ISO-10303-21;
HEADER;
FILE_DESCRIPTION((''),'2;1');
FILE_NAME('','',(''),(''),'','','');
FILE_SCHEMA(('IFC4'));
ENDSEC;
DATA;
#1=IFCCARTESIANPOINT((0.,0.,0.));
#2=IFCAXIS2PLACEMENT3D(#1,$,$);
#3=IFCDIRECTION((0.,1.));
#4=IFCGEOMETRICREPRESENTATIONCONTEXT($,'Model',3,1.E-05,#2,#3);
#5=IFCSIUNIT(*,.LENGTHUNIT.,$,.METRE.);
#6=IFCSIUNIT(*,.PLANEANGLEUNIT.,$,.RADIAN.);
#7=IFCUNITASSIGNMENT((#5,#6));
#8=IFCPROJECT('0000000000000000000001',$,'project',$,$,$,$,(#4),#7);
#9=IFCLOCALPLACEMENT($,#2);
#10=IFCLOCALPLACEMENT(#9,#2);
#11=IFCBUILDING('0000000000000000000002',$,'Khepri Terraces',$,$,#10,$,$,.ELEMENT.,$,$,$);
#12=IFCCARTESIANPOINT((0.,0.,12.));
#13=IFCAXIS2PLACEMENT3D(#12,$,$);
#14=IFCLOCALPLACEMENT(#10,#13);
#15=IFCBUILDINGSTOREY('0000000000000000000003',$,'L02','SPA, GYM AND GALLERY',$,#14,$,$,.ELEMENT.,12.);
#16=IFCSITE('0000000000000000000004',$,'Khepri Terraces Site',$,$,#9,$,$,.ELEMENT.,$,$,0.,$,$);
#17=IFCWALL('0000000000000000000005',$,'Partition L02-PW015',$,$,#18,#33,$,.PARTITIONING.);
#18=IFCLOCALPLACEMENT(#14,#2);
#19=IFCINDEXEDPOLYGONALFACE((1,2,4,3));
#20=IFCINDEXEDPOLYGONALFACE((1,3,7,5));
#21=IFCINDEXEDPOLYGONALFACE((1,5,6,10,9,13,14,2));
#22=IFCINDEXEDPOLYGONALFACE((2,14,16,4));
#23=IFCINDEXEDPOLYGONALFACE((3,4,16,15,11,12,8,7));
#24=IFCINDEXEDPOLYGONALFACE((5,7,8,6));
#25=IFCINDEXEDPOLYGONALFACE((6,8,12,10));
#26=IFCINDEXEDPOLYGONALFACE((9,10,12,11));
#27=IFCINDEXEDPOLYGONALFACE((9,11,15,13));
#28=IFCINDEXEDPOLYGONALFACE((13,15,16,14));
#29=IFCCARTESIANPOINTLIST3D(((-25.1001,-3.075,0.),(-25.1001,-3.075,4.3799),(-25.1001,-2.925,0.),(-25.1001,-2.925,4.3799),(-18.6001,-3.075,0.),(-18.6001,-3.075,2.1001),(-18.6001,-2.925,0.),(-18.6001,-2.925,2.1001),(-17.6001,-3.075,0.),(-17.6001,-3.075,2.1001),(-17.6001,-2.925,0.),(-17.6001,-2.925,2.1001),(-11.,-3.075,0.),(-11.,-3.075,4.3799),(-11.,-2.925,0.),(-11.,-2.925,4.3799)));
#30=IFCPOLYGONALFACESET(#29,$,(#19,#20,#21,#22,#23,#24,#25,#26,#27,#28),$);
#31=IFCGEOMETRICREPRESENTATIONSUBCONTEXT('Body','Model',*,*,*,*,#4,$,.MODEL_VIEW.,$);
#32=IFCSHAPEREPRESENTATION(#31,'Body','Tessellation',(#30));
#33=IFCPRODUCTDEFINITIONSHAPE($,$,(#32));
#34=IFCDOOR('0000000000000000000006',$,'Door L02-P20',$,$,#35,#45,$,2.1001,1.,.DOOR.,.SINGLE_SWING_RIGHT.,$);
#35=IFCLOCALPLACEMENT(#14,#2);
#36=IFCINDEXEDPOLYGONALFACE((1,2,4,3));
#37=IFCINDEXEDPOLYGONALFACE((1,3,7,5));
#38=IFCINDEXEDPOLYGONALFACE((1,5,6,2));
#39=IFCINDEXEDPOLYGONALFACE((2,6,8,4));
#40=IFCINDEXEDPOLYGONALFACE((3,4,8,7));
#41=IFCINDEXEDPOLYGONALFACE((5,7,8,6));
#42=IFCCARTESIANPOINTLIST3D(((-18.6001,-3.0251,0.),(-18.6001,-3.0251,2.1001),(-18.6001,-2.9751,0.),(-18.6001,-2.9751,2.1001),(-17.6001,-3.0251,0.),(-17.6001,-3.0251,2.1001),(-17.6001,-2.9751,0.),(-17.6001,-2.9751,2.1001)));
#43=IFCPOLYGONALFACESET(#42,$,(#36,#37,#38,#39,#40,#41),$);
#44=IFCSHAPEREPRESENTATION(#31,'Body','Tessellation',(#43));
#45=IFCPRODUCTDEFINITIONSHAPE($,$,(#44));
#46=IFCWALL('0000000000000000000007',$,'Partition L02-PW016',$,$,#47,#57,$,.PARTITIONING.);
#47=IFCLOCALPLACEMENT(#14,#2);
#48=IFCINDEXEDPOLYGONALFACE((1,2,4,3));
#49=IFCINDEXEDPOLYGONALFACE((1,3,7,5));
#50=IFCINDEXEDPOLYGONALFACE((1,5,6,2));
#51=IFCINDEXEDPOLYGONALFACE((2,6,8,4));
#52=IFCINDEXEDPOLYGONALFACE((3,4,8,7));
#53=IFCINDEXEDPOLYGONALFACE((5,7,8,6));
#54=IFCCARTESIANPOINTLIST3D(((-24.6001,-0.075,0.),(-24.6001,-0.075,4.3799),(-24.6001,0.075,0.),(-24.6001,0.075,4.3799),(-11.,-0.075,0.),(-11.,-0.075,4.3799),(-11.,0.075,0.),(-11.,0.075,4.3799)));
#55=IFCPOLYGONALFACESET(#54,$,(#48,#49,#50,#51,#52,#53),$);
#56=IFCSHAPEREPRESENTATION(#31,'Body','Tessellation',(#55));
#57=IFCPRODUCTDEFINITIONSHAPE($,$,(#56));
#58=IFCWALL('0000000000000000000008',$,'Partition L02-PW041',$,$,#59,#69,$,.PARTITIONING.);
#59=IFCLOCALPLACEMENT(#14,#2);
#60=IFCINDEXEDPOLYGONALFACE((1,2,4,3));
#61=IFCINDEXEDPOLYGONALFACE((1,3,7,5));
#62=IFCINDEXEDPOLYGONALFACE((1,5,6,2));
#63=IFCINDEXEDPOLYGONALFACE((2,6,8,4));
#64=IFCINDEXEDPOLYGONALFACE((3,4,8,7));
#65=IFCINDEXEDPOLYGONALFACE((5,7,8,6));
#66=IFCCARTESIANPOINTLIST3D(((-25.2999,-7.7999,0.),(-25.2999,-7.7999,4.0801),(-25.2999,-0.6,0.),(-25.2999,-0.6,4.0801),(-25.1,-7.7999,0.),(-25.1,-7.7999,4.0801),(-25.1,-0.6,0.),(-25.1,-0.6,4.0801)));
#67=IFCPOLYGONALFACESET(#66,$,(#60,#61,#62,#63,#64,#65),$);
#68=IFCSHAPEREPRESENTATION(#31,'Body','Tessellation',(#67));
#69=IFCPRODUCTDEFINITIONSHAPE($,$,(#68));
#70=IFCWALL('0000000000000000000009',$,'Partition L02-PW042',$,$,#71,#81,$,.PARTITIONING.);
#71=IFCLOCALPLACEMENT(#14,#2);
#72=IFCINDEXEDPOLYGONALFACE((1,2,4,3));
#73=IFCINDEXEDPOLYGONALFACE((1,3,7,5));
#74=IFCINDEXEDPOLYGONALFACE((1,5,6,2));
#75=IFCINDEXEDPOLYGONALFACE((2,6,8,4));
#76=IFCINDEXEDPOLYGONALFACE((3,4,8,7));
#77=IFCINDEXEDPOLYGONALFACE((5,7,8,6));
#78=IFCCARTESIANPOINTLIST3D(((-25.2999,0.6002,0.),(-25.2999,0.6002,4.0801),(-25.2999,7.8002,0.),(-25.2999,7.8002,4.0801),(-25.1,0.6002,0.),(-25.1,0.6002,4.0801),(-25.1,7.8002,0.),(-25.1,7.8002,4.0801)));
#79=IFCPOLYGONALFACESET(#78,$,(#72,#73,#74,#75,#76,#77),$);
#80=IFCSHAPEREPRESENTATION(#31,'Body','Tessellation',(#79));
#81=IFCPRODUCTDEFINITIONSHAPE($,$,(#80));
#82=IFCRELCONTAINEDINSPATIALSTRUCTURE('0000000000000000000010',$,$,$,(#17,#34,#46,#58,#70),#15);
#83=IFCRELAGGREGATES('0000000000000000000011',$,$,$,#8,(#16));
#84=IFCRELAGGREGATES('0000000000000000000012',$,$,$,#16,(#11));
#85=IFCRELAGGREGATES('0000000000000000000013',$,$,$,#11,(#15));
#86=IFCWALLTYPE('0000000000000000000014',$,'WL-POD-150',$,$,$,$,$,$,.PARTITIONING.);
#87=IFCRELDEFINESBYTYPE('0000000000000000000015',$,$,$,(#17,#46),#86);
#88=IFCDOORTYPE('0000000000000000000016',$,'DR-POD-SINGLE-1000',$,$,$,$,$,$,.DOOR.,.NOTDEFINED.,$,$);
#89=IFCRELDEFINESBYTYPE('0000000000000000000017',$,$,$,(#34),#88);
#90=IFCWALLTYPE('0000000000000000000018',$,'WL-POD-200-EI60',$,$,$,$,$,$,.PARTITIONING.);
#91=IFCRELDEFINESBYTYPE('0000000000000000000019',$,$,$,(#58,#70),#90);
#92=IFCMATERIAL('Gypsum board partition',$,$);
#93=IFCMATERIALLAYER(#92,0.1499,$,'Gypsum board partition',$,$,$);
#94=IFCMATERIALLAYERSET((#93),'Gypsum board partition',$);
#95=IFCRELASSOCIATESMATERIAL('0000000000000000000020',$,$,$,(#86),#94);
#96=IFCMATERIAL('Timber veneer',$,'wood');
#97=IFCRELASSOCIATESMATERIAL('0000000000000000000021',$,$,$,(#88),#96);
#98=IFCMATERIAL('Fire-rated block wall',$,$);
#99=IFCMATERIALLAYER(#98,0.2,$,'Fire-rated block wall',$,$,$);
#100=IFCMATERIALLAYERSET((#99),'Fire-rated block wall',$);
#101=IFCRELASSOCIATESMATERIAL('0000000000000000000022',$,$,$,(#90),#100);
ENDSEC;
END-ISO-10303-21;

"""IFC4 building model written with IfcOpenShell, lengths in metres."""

from ifc_helpers import new_model, si_unit, direction, frame, frame_2d, origin, place, context, subcontext, project, spatial, rectangle, extrude, material, layer, layer_set, type_object, element, fill, save


model = new_model("IFC4")

# Units and contexts
model_context = context("Model", 3, precision=1e-05, world=origin(), true_north=direction((0.0, 1.0)))
body_context = subcontext(model_context, "Body", "Model", "MODEL_VIEW")
ifc_project = project(units=[si_unit("LENGTHUNIT", "METRE"), si_unit("PLANEANGLEUNIT", "RADIAN")], contexts=[model_context])

# Site, building, storey
site_placement = place(None, origin())
site = spatial("IfcSite", under=ifc_project, at=site_placement, Name="Khepri Terraces Site", CompositionType="ELEMENT", RefElevation=0.0)
building_placement = place(site_placement, origin())
building = spatial("IfcBuilding", under=site, at=building_placement, Name="Khepri Terraces", CompositionType="ELEMENT")
storey_placement = place(building_placement, frame((0.0, 0.0, 12.0)))
storey = spatial("IfcBuildingStorey", under=building, at=storey_placement, Name="L02", Description="SPA, GYM AND GALLERY", CompositionType="ELEMENT", Elevation=12.0)

# Wall, opening, door
ifc_material_1 = material(Name="Gypsum board partition")
ifc_layer_1 = layer(ifc_material_1, 0.1499, Name="Gypsum board partition")
ifc_layer_set_1 = layer_set([ifc_layer_1], Name="Gypsum board partition")
wall_type_1 = type_object("IfcWallType", Name="WL-POD-150", PredefinedType="PARTITIONING", material=ifc_layer_set_1)
wall_1_placement = place(storey_placement, frame((-25.1001, -3.0, 0.0), z_axis=(0.0, 0.0, 1.0), x_axis=(1.0, 0.0, 0.0)))
wall_1 = element("IfcWall", 1, at=wall_1_placement, inside=storey, type_object=wall_type_1, Name="Partition L02-PW015", PredefinedType="PARTITIONING", context=body_context, shape_type="SweptSolid", body=[
    extrude(rectangle(XDim=14.1001, YDim=0.1499, at=frame_2d((7.05, 0.0))), origin(), (0.0, 0.0, 1.0), 4.3799),
])
opening_1_placement = place(wall_1_placement, frame((6.5, 0.0, 0.0)))
opening_1 = element("IfcOpeningElement", 2, at=opening_1_placement, cuts=wall_1, PredefinedType="OPENING", context=body_context, shape_type="SweptSolid", body=[
    extrude(rectangle(XDim=1.0, YDim=2.1001, at=frame_2d((0.5, 1.05))), frame((0.0, 0.085, 0.0), z_axis=(0.0, -1.0, 0.0), x_axis=(1.0, 0.0, 0.0)), (0.0, 0.0, 1.0), 0.1699),
])
ifc_material_2 = material(Name="Timber veneer", Category="wood")
door_type_1 = type_object("IfcDoorType", Name="DR-POD-SINGLE-1000", OperationType="NOTDEFINED", PredefinedType="DOOR", material=ifc_material_2)
door_1_placement = place(opening_1_placement, origin())
door_1 = element("IfcDoor", 3, at=door_1_placement, inside=storey, type_object=door_type_1, Name="Door L02-P20", OperationType="SINGLE_SWING_RIGHT", OverallHeight=2.1001, OverallWidth=1.0, PredefinedType="DOOR", context=body_context, shape_type="SweptSolid", body=[
    extrude(rectangle(XDim=1.0, YDim=2.1001, at=frame_2d((0.5, 1.05))), frame((0.0, 0.0249, 0.0), z_axis=(0.0, -1.0, 0.0), x_axis=(1.0, 0.0, 0.0)), (0.0, 0.0, 1.0), 0.05),
])
fill(opening_1, door_1)

# Walls
wall_2_placement = place(storey_placement, frame((-24.6001, 0.0, 0.0), z_axis=(0.0, 0.0, 1.0), x_axis=(1.0, 0.0, 0.0)))
element("IfcWall", 4, at=wall_2_placement, inside=storey, type_object=wall_type_1, Name="Partition L02-PW016", PredefinedType="PARTITIONING", context=body_context, shape_type="SweptSolid", body=[
    extrude(rectangle(XDim=13.6001, YDim=0.1499, at=frame_2d((6.8, 0.0))), origin(), (0.0, 0.0, 1.0), 4.3799),
])
ifc_material_3 = material(Name="Fire-rated block wall")
ifc_layer_2 = layer(ifc_material_3, 0.2, Name="Fire-rated block wall")
ifc_layer_set_2 = layer_set([ifc_layer_2], Name="Fire-rated block wall")
wall_type_2 = type_object("IfcWallType", Name="WL-POD-200-EI60", PredefinedType="PARTITIONING", material=ifc_layer_set_2)
for number, where, z_axis, x_axis, name in (
    (5, (-25.2, -7.8, 0.0), (0.0, 0.0, 1.0), (0.0, 1.0, 0.0), "Partition L02-PW041"),
    (6, (-25.2, 0.6001, 0.0), (0.0, 0.0, 1.0), (0.0, 1.0, 0.0), "Partition L02-PW042"),
):
    element("IfcWall", number, at=place(storey_placement, frame(where, z_axis=z_axis, x_axis=x_axis)), inside=storey, type_object=wall_type_2, Name=name, PredefinedType="PARTITIONING", context=body_context, shape_type="SweptSolid", body=[
        extrude(rectangle(XDim=7.2, YDim=0.2, at=frame_2d((3.6001, 0.0))), origin(), (0.0, 0.0, 1.0), 4.0801),
    ])

save(model, "model.ifc")
